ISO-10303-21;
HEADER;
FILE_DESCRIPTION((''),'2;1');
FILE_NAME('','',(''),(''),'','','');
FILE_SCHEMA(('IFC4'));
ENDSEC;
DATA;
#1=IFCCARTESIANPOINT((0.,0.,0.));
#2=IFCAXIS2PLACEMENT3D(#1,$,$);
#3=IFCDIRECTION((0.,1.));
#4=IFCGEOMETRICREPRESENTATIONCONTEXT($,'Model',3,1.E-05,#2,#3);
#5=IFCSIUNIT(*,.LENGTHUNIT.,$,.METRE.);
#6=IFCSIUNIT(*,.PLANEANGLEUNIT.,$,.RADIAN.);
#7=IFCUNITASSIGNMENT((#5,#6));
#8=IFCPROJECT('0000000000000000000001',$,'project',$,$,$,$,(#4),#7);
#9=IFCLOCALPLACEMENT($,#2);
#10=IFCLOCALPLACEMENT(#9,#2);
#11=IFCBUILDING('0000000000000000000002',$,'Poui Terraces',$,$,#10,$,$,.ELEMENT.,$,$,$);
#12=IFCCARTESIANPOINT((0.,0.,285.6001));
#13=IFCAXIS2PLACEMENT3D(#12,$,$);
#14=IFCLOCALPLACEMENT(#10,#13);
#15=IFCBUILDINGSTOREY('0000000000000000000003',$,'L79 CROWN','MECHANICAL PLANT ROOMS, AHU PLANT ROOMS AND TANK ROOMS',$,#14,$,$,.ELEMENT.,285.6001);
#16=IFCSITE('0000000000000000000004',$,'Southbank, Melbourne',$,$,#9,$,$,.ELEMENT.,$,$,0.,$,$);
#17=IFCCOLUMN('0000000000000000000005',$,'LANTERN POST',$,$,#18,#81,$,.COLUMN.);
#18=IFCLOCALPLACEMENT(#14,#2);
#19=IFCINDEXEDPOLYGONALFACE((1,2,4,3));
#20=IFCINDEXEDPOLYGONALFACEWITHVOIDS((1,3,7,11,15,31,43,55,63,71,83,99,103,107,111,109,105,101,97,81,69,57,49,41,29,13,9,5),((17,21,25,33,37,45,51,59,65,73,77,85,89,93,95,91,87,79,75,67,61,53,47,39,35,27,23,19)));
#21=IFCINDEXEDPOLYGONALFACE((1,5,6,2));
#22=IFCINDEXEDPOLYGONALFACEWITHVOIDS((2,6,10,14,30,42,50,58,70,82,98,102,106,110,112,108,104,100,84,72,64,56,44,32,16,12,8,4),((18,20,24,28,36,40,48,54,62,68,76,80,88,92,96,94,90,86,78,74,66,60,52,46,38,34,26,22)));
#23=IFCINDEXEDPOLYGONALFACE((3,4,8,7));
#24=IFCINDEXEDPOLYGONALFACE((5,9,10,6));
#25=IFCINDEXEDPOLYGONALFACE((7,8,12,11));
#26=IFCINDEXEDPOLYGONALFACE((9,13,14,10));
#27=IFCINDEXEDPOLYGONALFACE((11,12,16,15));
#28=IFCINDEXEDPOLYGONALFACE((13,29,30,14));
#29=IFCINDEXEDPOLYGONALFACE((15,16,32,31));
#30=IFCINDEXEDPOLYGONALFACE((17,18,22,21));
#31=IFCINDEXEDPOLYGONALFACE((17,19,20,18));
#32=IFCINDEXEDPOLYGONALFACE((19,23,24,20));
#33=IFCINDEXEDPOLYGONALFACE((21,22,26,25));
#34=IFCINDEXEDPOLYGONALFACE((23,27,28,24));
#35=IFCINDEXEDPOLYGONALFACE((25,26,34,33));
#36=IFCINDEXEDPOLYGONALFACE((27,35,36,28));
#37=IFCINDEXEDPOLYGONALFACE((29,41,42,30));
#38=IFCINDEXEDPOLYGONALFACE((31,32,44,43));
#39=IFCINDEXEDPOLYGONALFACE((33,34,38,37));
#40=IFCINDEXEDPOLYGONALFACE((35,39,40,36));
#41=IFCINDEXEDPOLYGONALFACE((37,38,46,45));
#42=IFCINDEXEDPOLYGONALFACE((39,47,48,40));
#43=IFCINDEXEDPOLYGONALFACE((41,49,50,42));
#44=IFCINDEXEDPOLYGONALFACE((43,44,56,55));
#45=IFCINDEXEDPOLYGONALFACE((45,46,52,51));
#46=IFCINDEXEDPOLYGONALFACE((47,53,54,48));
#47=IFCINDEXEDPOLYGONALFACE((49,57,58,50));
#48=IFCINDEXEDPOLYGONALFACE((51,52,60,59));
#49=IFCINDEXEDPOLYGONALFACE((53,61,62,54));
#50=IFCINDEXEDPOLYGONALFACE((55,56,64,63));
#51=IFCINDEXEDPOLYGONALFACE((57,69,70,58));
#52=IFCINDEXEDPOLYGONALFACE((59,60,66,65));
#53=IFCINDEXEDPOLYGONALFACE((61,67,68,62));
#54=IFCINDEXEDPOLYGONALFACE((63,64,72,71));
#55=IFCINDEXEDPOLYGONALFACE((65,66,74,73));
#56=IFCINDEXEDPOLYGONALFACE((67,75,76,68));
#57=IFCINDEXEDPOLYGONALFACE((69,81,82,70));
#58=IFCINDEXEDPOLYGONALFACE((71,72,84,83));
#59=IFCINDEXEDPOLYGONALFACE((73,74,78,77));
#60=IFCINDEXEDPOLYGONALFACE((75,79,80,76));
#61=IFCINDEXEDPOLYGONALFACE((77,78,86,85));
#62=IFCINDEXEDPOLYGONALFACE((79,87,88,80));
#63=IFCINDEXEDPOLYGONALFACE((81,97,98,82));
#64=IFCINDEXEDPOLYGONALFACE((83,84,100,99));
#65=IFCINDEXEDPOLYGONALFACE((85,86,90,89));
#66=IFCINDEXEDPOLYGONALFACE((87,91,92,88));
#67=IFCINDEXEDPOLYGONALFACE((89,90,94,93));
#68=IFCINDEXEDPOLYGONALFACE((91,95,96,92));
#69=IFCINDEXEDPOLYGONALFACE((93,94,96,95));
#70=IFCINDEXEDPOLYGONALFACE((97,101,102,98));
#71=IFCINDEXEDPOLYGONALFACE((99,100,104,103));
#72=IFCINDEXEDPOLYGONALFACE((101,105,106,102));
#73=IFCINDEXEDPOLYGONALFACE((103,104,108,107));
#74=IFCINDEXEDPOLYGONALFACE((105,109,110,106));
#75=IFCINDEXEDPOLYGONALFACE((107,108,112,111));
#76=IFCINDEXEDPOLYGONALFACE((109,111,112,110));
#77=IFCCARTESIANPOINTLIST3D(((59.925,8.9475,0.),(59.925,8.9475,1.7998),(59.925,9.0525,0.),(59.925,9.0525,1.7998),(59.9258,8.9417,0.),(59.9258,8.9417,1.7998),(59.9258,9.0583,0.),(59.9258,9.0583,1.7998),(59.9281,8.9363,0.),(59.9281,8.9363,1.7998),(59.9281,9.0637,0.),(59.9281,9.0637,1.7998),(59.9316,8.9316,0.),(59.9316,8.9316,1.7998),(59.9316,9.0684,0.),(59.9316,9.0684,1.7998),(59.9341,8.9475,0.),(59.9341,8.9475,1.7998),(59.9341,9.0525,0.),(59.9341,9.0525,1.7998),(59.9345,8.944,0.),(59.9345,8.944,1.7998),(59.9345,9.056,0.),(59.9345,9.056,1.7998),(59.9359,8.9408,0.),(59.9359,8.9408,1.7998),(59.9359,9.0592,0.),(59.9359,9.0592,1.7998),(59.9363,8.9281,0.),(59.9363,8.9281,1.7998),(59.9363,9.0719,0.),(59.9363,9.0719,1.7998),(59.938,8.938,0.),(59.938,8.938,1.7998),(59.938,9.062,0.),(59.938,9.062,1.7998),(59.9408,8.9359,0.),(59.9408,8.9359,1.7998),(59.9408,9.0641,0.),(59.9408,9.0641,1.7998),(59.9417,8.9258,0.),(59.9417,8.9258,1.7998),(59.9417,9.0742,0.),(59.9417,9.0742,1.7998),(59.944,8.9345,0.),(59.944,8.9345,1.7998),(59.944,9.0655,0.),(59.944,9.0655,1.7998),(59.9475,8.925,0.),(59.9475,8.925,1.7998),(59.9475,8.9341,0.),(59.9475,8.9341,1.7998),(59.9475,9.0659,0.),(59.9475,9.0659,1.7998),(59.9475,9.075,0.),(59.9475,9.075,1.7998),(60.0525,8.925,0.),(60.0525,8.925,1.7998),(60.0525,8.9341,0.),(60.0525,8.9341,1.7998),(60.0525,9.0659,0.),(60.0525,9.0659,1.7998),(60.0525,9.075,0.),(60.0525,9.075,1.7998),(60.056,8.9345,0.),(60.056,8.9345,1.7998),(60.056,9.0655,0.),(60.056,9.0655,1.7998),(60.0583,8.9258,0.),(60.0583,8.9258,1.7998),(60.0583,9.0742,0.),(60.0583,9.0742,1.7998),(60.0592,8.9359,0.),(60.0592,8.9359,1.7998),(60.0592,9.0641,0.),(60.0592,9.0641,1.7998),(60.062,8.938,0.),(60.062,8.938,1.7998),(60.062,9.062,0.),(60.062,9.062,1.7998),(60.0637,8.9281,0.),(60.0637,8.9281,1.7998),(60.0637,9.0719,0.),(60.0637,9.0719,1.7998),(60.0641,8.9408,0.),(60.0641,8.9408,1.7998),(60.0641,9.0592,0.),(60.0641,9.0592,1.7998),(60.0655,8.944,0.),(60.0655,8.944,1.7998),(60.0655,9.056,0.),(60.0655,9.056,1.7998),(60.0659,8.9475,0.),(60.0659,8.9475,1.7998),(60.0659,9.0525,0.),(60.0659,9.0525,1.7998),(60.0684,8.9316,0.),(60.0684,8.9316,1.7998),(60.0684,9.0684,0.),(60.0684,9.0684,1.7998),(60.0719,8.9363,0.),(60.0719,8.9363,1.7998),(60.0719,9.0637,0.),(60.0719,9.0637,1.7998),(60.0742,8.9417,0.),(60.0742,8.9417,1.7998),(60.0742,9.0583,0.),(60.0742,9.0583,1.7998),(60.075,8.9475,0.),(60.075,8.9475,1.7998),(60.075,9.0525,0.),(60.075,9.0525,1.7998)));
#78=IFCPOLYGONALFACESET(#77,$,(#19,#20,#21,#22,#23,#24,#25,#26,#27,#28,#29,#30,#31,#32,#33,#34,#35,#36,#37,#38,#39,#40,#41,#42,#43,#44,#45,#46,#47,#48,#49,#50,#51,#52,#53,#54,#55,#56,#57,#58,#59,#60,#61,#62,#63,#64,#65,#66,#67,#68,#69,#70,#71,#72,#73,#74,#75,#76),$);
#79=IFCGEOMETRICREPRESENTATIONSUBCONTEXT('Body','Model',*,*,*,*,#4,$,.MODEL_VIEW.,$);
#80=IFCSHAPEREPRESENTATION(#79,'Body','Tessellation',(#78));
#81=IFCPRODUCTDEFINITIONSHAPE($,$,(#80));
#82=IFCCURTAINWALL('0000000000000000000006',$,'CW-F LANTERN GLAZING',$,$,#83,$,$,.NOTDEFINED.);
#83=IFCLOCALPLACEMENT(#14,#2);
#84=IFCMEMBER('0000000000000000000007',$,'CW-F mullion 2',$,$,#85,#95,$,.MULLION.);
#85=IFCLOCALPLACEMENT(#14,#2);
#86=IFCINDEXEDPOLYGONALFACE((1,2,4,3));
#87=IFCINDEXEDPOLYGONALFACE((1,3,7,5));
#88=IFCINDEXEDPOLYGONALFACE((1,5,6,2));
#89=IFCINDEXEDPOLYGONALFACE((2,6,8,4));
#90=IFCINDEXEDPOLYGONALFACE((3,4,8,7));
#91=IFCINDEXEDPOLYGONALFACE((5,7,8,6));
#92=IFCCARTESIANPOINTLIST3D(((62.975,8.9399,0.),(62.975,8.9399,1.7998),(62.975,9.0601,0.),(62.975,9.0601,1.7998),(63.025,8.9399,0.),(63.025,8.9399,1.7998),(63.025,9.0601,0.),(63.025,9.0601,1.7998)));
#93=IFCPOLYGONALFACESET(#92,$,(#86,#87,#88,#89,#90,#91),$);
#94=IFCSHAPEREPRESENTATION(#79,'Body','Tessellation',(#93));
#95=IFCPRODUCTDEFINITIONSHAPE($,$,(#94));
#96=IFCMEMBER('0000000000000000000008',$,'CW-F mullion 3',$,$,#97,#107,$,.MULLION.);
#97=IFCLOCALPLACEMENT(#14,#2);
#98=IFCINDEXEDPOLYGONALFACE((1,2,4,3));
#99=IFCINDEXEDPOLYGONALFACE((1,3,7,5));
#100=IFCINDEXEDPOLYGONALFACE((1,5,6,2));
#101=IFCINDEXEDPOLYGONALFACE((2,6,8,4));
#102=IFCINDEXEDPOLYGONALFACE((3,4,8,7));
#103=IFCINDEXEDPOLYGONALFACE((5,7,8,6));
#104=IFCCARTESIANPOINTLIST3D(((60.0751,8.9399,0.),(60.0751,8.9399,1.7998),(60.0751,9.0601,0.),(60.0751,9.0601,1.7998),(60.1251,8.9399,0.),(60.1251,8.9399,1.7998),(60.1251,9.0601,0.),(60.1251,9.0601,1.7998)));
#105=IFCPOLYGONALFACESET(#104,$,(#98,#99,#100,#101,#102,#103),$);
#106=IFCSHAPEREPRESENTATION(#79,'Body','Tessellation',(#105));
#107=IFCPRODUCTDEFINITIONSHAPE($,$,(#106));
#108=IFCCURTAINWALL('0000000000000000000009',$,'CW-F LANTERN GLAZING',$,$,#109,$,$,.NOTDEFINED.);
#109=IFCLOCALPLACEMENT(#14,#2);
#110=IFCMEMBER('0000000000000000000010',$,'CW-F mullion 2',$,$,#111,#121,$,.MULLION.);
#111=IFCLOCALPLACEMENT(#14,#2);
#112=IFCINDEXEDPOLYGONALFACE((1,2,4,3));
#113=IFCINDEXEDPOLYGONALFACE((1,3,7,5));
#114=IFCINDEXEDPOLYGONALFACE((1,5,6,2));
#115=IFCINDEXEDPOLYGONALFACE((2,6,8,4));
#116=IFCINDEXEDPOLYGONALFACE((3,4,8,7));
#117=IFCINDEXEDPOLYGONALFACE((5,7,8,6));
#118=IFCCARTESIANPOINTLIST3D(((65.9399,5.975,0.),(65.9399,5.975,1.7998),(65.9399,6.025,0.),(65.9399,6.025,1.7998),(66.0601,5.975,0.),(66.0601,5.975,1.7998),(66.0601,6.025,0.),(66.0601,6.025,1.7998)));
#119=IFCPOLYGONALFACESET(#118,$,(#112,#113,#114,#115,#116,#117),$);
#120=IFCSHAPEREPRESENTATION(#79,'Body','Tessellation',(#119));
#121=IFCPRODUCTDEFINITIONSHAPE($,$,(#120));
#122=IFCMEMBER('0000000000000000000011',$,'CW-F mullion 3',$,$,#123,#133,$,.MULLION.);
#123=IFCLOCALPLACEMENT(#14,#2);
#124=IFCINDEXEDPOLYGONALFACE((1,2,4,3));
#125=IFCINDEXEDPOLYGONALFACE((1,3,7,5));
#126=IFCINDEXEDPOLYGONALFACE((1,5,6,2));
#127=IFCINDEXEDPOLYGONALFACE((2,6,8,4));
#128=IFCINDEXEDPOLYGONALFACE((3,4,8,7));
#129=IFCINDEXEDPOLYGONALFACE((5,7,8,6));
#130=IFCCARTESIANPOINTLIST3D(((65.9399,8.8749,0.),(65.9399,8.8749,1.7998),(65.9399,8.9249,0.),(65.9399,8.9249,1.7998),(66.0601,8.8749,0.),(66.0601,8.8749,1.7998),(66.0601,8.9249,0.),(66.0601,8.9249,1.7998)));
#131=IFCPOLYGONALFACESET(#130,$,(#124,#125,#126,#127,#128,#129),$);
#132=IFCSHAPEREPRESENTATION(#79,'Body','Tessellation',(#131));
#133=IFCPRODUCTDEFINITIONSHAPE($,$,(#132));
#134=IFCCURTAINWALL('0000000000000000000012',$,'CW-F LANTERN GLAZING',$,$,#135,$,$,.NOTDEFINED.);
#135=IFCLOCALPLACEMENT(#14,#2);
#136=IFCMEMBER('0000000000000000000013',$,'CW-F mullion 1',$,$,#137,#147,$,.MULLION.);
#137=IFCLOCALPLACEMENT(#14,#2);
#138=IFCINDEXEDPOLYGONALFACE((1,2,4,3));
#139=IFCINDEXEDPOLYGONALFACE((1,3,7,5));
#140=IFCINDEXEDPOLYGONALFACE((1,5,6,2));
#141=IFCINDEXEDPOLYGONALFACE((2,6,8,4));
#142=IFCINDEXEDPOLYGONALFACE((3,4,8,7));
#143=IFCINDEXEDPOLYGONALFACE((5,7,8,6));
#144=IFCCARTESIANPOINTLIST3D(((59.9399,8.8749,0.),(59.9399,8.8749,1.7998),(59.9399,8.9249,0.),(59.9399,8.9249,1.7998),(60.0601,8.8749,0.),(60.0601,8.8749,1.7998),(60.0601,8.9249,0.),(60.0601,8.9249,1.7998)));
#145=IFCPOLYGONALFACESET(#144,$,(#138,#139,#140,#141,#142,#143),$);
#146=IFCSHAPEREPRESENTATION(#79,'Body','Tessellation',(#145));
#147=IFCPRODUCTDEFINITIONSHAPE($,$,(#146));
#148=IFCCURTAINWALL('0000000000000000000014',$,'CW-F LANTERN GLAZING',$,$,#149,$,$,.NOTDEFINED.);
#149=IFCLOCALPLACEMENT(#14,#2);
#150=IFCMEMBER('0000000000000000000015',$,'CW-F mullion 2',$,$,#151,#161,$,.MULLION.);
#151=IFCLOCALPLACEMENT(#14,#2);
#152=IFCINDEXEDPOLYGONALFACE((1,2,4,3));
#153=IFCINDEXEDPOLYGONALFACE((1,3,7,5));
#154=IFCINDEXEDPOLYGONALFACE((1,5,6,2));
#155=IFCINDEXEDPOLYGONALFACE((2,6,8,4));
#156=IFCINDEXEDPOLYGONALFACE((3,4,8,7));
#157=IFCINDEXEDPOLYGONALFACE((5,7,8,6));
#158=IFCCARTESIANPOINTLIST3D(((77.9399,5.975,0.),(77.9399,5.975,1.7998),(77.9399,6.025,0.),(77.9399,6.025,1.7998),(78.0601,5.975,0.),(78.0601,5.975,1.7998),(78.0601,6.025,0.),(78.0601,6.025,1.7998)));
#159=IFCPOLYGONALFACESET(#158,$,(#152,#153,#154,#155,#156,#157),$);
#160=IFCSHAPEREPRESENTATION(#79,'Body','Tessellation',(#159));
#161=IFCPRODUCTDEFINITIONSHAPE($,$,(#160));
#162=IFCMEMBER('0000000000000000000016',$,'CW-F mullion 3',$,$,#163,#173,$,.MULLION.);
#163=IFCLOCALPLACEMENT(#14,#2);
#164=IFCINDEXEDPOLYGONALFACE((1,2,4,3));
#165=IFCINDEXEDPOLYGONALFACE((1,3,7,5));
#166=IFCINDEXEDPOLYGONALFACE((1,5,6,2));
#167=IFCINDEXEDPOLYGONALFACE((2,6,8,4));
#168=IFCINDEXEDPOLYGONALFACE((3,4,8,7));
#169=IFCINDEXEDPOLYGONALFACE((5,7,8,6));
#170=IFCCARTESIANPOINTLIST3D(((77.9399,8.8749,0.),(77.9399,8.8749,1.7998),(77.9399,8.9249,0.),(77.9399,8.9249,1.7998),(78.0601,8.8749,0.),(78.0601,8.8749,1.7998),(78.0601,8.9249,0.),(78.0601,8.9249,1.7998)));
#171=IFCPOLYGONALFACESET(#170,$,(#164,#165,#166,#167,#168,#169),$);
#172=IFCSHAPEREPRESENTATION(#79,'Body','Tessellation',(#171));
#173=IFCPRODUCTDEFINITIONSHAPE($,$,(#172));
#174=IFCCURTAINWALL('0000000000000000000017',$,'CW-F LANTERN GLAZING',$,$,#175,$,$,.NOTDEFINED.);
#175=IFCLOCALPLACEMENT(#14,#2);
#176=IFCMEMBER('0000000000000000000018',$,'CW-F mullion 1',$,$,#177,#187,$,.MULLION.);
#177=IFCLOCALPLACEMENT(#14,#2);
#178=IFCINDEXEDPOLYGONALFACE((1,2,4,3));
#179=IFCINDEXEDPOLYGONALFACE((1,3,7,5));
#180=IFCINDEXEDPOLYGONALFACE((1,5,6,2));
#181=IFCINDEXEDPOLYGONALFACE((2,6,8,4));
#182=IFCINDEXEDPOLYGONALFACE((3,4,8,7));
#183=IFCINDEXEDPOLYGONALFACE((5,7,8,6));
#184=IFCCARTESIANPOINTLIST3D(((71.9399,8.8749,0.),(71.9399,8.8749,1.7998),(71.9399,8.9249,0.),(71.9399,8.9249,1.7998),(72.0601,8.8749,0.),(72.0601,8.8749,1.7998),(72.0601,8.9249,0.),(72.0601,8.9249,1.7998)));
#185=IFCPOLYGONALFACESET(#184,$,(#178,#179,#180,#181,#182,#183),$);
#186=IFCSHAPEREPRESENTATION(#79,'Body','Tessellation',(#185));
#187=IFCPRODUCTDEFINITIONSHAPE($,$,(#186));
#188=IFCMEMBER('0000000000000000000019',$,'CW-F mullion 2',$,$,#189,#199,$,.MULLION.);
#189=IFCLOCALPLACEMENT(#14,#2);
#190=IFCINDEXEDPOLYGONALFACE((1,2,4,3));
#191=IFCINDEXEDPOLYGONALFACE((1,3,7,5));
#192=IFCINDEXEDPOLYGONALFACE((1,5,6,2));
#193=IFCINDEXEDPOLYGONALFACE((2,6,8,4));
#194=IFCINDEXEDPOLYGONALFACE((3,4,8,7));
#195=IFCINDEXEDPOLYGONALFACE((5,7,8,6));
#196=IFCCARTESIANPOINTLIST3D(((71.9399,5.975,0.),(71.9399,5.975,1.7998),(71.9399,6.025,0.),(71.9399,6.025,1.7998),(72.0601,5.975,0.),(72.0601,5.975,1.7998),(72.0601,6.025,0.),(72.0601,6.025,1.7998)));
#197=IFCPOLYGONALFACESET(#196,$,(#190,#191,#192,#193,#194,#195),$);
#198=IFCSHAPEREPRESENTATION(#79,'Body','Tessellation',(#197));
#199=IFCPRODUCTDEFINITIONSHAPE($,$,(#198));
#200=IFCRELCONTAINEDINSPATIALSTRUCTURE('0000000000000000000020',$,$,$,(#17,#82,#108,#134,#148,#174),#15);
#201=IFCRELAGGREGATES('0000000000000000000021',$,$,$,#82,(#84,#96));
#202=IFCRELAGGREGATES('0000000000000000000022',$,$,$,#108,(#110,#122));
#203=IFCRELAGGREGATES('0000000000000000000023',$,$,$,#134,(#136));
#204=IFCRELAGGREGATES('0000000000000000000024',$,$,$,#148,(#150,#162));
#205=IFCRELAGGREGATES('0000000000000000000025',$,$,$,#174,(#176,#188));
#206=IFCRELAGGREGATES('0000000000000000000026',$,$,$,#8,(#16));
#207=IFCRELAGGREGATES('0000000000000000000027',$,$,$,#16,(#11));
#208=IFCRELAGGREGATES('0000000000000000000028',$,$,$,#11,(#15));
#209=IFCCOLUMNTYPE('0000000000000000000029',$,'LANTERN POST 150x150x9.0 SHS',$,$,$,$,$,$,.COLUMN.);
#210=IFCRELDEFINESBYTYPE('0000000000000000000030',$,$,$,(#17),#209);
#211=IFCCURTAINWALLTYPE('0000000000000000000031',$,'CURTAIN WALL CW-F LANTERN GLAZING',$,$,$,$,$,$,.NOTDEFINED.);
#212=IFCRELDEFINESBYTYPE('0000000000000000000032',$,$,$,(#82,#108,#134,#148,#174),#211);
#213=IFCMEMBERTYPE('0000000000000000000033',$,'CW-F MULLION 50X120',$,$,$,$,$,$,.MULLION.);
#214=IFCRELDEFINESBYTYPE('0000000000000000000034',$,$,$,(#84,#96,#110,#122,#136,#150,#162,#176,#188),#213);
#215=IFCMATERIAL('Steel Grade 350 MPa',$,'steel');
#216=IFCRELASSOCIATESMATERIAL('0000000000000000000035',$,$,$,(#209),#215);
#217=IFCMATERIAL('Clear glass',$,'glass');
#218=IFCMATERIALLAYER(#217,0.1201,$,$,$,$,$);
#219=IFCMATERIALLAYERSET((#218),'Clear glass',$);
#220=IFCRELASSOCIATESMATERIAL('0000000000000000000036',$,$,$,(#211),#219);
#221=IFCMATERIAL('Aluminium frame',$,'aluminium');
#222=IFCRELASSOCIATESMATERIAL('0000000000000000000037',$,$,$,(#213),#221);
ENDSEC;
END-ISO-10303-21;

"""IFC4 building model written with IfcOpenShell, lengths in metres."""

from ifc_helpers import new_model, si_unit, direction, frame, origin, origin_2d, place, context, subcontext, project, spatial, rectangle, hollow_rectangle, extrude, source, transform, mapped, material, layer, layer_set, material_profile, profile_set, type_object, element, aggregate, save


model = new_model("IFC4")

# Units and contexts
model_context = context("Model", 3, precision=1e-05, world=origin(), true_north=direction((0.0, 1.0)))
body_context = subcontext(model_context, "Body", "Model", "MODEL_VIEW")
ifc_project = project(units=[si_unit("LENGTHUNIT", "METRE"), si_unit("PLANEANGLEUNIT", "RADIAN")], contexts=[model_context])

# Site, building, storey
site_placement = place(None, origin())
site = spatial("IfcSite", under=ifc_project, at=site_placement, Name="Southbank, Melbourne", CompositionType="ELEMENT", RefElevation=0.0)
building_placement = place(site_placement, origin())
building = spatial("IfcBuilding", under=site, at=building_placement, Name="Poui Terraces", CompositionType="ELEMENT")
storey_placement = place(building_placement, frame((0.0, 0.0, 285.6001)))
storey = spatial("IfcBuildingStorey", under=building, at=storey_placement, Name="L79 CROWN", Description="MECHANICAL PLANT ROOMS, AHU PLANT ROOMS AND TANK ROOMS", CompositionType="ELEMENT", Elevation=285.6001)

# Column
ifc_material_1 = material(Name="Steel Grade 350 MPa", Category="steel")
ifc_material_profile_1 = material_profile(ifc_material_1, hollow_rectangle(XDim=0.1499, YDim=0.1499, WallThickness=0.009, InnerFilletRadius=0.0134, OuterFilletRadius=0.0225, at=origin_2d()), Name="150x150x9.0 SHS")
ifc_profile_set_1 = profile_set([ifc_material_profile_1], Name="Steel Grade 350 MPa")
column_type = type_object("IfcColumnType", Name="LANTERN POST 150x150x9.0 SHS", PredefinedType="COLUMN", material=ifc_profile_set_1)
shared_shape = source(origin(), body_context, "Body", "SweptSolid", [
    extrude(hollow_rectangle(XDim=0.1499, YDim=0.1499, WallThickness=0.009, InnerFilletRadius=0.0134, OuterFilletRadius=0.0225, at=origin_2d()), origin(), (0.0, 0.0, 1.0), 1.7998),
])
column_placement = place(storey_placement, frame((60.0, 9.0, 0.0), z_axis=(0.0, 0.0, 1.0), x_axis=(1.0, 0.0, 0.0)))
element("IfcColumn", 1, at=column_placement, inside=storey, type_object=column_type, Name="LANTERN POST", PredefinedType="COLUMN", context=body_context, shape_type="MappedRepresentation", body=[
    mapped(shared_shape, transform((0.0, 0.0, 0.0))),
])

# Curtain walls, members
ifc_material_2 = material(Name="Clear glass", Category="glass")
ifc_layer_1 = layer(ifc_material_2, 0.1201)
ifc_layer_set_1 = layer_set([ifc_layer_1], Name="Clear glass")
curtain_wall_type = type_object("IfcCurtainWallType", Name="CURTAIN WALL CW-F LANTERN GLAZING", PredefinedType="NOTDEFINED", material=ifc_layer_set_1)
curtain_wall_1_placement = place(storey_placement, origin())
curtain_wall_1 = element("IfcCurtainWall", 2, at=curtain_wall_1_placement, inside=storey, type_object=curtain_wall_type, Name="CW-F LANTERN GLAZING", PredefinedType="NOTDEFINED")
ifc_material_3 = material(Name="Aluminium frame", Category="aluminium")
ifc_material_profile_2 = material_profile(ifc_material_3, rectangle(XDim=0.1201, YDim=0.05, at=origin_2d()), Name="CW-F MULLION 50X120")
ifc_profile_set_2 = profile_set([ifc_material_profile_2], Name="Aluminium frame")
member_type_1 = type_object("IfcMemberType", Name="CW-F MULLION 50X120", PredefinedType="MULLION", material=ifc_profile_set_2)
member_1_placement = place(storey_placement, frame((63.0, 9.0, 0.0), z_axis=(0.0, 0.0, 1.0), x_axis=(0.0, -1.0, 0.0)))
member_1 = element("IfcMember", 3, at=member_1_placement, type_object=member_type_1, Name="CW-F mullion 2", PredefinedType="MULLION", context=body_context, shape_type="SweptSolid", body=[
    extrude(rectangle(XDim=0.1201, YDim=0.05, at=origin_2d()), origin(), (0.0, 0.0, 1.0), 1.7998),
])
member_2_placement = place(storey_placement, frame((60.1001, 9.0, 0.0), z_axis=(0.0, 0.0, 1.0), x_axis=(0.0, -1.0, 0.0)))
member_2 = element("IfcMember", 4, at=member_2_placement, type_object=member_type_1, Name="CW-F mullion 3", PredefinedType="MULLION", context=body_context, shape_type="SweptSolid", body=[
    extrude(rectangle(XDim=0.1201, YDim=0.05, at=origin_2d()), origin(), (0.0, 0.0, 1.0), 1.7998),
])
curtain_wall_2_placement = place(storey_placement, origin())
curtain_wall_2 = element("IfcCurtainWall", 5, at=curtain_wall_2_placement, inside=storey, type_object=curtain_wall_type, Name="CW-F LANTERN GLAZING", PredefinedType="NOTDEFINED")
member_3_placement = place(storey_placement, frame((66.0, 6.0, 0.0), z_axis=(0.0, 0.0, 1.0), x_axis=(-1.0, 0.0, 0.0)))
member_3 = element("IfcMember", 6, at=member_3_placement, type_object=member_type_1, Name="CW-F mullion 2", PredefinedType="MULLION", context=body_context, shape_type="SweptSolid", body=[
    extrude(rectangle(XDim=0.1201, YDim=0.05, at=origin_2d()), origin(), (0.0, 0.0, 1.0), 1.7998),
])
member_4_placement = place(storey_placement, frame((66.0, 8.8999, 0.0), z_axis=(0.0, 0.0, 1.0), x_axis=(-1.0, 0.0, 0.0)))
member_4 = element("IfcMember", 7, at=member_4_placement, type_object=member_type_1, Name="CW-F mullion 3", PredefinedType="MULLION", context=body_context, shape_type="SweptSolid", body=[
    extrude(rectangle(XDim=0.1201, YDim=0.05, at=origin_2d()), origin(), (0.0, 0.0, 1.0), 1.7998),
])

# Curtain wall, member
curtain_wall_3_placement = place(storey_placement, origin())
curtain_wall_3 = element("IfcCurtainWall", 8, at=curtain_wall_3_placement, inside=storey, type_object=curtain_wall_type, Name="CW-F LANTERN GLAZING", PredefinedType="NOTDEFINED")
member_5_placement = place(storey_placement, frame((60.0, 8.8999, 0.0), z_axis=(0.0, 0.0, 1.0), x_axis=(1.0, 0.0, 0.0)))
member_5 = element("IfcMember", 9, at=member_5_placement, type_object=member_type_1, Name="CW-F mullion 1", PredefinedType="MULLION", context=body_context, shape_type="SweptSolid", body=[
    extrude(rectangle(XDim=0.1201, YDim=0.05, at=origin_2d()), origin(), (0.0, 0.0, 1.0), 1.7998),
])

# Curtain walls, members
curtain_wall_4_placement = place(storey_placement, origin())
curtain_wall_4 = element("IfcCurtainWall", 10, at=curtain_wall_4_placement, inside=storey, type_object=curtain_wall_type, Name="CW-F LANTERN GLAZING", PredefinedType="NOTDEFINED")
member_6_placement = place(storey_placement, frame((78.0, 6.0, 0.0), z_axis=(0.0, 0.0, 1.0), x_axis=(-1.0, 0.0, 0.0)))
member_6 = element("IfcMember", 11, at=member_6_placement, type_object=member_type_1, Name="CW-F mullion 2", PredefinedType="MULLION", context=body_context, shape_type="SweptSolid", body=[
    extrude(rectangle(XDim=0.1201, YDim=0.05, at=origin_2d()), origin(), (0.0, 0.0, 1.0), 1.7998),
])
member_7_placement = place(storey_placement, frame((78.0, 8.8999, 0.0), z_axis=(0.0, 0.0, 1.0), x_axis=(-1.0, 0.0, 0.0)))
member_7 = element("IfcMember", 12, at=member_7_placement, type_object=member_type_1, Name="CW-F mullion 3", PredefinedType="MULLION", context=body_context, shape_type="SweptSolid", body=[
    extrude(rectangle(XDim=0.1201, YDim=0.05, at=origin_2d()), origin(), (0.0, 0.0, 1.0), 1.7998),
])
curtain_wall_5_placement = place(storey_placement, origin())
curtain_wall_5 = element("IfcCurtainWall", 13, at=curtain_wall_5_placement, inside=storey, type_object=curtain_wall_type, Name="CW-F LANTERN GLAZING", PredefinedType="NOTDEFINED")
member_8_placement = place(storey_placement, frame((72.0, 8.8999, 0.0), z_axis=(0.0, 0.0, 1.0), x_axis=(1.0, 0.0, 0.0)))
member_8 = element("IfcMember", 14, at=member_8_placement, type_object=member_type_1, Name="CW-F mullion 1", PredefinedType="MULLION", context=body_context, shape_type="SweptSolid", body=[
    extrude(rectangle(XDim=0.1201, YDim=0.05, at=origin_2d()), origin(), (0.0, 0.0, 1.0), 1.7998),
])
member_9_placement = place(storey_placement, frame((72.0, 6.0, 0.0), z_axis=(0.0, 0.0, 1.0), x_axis=(1.0, 0.0, 0.0)))
member_9 = element("IfcMember", 15, at=member_9_placement, type_object=member_type_1, Name="CW-F mullion 2", PredefinedType="MULLION", context=body_context, shape_type="SweptSolid", body=[
    extrude(rectangle(XDim=0.1201, YDim=0.05, at=origin_2d()), origin(), (0.0, 0.0, 1.0), 1.7998),
])

aggregate(curtain_wall_1, [member_1, member_2])
aggregate(curtain_wall_2, [member_3, member_4])
aggregate(curtain_wall_3, [member_5])
aggregate(curtain_wall_4, [member_6, member_7])
aggregate(curtain_wall_5, [member_8, member_9])

save(model, "model.ifc")
